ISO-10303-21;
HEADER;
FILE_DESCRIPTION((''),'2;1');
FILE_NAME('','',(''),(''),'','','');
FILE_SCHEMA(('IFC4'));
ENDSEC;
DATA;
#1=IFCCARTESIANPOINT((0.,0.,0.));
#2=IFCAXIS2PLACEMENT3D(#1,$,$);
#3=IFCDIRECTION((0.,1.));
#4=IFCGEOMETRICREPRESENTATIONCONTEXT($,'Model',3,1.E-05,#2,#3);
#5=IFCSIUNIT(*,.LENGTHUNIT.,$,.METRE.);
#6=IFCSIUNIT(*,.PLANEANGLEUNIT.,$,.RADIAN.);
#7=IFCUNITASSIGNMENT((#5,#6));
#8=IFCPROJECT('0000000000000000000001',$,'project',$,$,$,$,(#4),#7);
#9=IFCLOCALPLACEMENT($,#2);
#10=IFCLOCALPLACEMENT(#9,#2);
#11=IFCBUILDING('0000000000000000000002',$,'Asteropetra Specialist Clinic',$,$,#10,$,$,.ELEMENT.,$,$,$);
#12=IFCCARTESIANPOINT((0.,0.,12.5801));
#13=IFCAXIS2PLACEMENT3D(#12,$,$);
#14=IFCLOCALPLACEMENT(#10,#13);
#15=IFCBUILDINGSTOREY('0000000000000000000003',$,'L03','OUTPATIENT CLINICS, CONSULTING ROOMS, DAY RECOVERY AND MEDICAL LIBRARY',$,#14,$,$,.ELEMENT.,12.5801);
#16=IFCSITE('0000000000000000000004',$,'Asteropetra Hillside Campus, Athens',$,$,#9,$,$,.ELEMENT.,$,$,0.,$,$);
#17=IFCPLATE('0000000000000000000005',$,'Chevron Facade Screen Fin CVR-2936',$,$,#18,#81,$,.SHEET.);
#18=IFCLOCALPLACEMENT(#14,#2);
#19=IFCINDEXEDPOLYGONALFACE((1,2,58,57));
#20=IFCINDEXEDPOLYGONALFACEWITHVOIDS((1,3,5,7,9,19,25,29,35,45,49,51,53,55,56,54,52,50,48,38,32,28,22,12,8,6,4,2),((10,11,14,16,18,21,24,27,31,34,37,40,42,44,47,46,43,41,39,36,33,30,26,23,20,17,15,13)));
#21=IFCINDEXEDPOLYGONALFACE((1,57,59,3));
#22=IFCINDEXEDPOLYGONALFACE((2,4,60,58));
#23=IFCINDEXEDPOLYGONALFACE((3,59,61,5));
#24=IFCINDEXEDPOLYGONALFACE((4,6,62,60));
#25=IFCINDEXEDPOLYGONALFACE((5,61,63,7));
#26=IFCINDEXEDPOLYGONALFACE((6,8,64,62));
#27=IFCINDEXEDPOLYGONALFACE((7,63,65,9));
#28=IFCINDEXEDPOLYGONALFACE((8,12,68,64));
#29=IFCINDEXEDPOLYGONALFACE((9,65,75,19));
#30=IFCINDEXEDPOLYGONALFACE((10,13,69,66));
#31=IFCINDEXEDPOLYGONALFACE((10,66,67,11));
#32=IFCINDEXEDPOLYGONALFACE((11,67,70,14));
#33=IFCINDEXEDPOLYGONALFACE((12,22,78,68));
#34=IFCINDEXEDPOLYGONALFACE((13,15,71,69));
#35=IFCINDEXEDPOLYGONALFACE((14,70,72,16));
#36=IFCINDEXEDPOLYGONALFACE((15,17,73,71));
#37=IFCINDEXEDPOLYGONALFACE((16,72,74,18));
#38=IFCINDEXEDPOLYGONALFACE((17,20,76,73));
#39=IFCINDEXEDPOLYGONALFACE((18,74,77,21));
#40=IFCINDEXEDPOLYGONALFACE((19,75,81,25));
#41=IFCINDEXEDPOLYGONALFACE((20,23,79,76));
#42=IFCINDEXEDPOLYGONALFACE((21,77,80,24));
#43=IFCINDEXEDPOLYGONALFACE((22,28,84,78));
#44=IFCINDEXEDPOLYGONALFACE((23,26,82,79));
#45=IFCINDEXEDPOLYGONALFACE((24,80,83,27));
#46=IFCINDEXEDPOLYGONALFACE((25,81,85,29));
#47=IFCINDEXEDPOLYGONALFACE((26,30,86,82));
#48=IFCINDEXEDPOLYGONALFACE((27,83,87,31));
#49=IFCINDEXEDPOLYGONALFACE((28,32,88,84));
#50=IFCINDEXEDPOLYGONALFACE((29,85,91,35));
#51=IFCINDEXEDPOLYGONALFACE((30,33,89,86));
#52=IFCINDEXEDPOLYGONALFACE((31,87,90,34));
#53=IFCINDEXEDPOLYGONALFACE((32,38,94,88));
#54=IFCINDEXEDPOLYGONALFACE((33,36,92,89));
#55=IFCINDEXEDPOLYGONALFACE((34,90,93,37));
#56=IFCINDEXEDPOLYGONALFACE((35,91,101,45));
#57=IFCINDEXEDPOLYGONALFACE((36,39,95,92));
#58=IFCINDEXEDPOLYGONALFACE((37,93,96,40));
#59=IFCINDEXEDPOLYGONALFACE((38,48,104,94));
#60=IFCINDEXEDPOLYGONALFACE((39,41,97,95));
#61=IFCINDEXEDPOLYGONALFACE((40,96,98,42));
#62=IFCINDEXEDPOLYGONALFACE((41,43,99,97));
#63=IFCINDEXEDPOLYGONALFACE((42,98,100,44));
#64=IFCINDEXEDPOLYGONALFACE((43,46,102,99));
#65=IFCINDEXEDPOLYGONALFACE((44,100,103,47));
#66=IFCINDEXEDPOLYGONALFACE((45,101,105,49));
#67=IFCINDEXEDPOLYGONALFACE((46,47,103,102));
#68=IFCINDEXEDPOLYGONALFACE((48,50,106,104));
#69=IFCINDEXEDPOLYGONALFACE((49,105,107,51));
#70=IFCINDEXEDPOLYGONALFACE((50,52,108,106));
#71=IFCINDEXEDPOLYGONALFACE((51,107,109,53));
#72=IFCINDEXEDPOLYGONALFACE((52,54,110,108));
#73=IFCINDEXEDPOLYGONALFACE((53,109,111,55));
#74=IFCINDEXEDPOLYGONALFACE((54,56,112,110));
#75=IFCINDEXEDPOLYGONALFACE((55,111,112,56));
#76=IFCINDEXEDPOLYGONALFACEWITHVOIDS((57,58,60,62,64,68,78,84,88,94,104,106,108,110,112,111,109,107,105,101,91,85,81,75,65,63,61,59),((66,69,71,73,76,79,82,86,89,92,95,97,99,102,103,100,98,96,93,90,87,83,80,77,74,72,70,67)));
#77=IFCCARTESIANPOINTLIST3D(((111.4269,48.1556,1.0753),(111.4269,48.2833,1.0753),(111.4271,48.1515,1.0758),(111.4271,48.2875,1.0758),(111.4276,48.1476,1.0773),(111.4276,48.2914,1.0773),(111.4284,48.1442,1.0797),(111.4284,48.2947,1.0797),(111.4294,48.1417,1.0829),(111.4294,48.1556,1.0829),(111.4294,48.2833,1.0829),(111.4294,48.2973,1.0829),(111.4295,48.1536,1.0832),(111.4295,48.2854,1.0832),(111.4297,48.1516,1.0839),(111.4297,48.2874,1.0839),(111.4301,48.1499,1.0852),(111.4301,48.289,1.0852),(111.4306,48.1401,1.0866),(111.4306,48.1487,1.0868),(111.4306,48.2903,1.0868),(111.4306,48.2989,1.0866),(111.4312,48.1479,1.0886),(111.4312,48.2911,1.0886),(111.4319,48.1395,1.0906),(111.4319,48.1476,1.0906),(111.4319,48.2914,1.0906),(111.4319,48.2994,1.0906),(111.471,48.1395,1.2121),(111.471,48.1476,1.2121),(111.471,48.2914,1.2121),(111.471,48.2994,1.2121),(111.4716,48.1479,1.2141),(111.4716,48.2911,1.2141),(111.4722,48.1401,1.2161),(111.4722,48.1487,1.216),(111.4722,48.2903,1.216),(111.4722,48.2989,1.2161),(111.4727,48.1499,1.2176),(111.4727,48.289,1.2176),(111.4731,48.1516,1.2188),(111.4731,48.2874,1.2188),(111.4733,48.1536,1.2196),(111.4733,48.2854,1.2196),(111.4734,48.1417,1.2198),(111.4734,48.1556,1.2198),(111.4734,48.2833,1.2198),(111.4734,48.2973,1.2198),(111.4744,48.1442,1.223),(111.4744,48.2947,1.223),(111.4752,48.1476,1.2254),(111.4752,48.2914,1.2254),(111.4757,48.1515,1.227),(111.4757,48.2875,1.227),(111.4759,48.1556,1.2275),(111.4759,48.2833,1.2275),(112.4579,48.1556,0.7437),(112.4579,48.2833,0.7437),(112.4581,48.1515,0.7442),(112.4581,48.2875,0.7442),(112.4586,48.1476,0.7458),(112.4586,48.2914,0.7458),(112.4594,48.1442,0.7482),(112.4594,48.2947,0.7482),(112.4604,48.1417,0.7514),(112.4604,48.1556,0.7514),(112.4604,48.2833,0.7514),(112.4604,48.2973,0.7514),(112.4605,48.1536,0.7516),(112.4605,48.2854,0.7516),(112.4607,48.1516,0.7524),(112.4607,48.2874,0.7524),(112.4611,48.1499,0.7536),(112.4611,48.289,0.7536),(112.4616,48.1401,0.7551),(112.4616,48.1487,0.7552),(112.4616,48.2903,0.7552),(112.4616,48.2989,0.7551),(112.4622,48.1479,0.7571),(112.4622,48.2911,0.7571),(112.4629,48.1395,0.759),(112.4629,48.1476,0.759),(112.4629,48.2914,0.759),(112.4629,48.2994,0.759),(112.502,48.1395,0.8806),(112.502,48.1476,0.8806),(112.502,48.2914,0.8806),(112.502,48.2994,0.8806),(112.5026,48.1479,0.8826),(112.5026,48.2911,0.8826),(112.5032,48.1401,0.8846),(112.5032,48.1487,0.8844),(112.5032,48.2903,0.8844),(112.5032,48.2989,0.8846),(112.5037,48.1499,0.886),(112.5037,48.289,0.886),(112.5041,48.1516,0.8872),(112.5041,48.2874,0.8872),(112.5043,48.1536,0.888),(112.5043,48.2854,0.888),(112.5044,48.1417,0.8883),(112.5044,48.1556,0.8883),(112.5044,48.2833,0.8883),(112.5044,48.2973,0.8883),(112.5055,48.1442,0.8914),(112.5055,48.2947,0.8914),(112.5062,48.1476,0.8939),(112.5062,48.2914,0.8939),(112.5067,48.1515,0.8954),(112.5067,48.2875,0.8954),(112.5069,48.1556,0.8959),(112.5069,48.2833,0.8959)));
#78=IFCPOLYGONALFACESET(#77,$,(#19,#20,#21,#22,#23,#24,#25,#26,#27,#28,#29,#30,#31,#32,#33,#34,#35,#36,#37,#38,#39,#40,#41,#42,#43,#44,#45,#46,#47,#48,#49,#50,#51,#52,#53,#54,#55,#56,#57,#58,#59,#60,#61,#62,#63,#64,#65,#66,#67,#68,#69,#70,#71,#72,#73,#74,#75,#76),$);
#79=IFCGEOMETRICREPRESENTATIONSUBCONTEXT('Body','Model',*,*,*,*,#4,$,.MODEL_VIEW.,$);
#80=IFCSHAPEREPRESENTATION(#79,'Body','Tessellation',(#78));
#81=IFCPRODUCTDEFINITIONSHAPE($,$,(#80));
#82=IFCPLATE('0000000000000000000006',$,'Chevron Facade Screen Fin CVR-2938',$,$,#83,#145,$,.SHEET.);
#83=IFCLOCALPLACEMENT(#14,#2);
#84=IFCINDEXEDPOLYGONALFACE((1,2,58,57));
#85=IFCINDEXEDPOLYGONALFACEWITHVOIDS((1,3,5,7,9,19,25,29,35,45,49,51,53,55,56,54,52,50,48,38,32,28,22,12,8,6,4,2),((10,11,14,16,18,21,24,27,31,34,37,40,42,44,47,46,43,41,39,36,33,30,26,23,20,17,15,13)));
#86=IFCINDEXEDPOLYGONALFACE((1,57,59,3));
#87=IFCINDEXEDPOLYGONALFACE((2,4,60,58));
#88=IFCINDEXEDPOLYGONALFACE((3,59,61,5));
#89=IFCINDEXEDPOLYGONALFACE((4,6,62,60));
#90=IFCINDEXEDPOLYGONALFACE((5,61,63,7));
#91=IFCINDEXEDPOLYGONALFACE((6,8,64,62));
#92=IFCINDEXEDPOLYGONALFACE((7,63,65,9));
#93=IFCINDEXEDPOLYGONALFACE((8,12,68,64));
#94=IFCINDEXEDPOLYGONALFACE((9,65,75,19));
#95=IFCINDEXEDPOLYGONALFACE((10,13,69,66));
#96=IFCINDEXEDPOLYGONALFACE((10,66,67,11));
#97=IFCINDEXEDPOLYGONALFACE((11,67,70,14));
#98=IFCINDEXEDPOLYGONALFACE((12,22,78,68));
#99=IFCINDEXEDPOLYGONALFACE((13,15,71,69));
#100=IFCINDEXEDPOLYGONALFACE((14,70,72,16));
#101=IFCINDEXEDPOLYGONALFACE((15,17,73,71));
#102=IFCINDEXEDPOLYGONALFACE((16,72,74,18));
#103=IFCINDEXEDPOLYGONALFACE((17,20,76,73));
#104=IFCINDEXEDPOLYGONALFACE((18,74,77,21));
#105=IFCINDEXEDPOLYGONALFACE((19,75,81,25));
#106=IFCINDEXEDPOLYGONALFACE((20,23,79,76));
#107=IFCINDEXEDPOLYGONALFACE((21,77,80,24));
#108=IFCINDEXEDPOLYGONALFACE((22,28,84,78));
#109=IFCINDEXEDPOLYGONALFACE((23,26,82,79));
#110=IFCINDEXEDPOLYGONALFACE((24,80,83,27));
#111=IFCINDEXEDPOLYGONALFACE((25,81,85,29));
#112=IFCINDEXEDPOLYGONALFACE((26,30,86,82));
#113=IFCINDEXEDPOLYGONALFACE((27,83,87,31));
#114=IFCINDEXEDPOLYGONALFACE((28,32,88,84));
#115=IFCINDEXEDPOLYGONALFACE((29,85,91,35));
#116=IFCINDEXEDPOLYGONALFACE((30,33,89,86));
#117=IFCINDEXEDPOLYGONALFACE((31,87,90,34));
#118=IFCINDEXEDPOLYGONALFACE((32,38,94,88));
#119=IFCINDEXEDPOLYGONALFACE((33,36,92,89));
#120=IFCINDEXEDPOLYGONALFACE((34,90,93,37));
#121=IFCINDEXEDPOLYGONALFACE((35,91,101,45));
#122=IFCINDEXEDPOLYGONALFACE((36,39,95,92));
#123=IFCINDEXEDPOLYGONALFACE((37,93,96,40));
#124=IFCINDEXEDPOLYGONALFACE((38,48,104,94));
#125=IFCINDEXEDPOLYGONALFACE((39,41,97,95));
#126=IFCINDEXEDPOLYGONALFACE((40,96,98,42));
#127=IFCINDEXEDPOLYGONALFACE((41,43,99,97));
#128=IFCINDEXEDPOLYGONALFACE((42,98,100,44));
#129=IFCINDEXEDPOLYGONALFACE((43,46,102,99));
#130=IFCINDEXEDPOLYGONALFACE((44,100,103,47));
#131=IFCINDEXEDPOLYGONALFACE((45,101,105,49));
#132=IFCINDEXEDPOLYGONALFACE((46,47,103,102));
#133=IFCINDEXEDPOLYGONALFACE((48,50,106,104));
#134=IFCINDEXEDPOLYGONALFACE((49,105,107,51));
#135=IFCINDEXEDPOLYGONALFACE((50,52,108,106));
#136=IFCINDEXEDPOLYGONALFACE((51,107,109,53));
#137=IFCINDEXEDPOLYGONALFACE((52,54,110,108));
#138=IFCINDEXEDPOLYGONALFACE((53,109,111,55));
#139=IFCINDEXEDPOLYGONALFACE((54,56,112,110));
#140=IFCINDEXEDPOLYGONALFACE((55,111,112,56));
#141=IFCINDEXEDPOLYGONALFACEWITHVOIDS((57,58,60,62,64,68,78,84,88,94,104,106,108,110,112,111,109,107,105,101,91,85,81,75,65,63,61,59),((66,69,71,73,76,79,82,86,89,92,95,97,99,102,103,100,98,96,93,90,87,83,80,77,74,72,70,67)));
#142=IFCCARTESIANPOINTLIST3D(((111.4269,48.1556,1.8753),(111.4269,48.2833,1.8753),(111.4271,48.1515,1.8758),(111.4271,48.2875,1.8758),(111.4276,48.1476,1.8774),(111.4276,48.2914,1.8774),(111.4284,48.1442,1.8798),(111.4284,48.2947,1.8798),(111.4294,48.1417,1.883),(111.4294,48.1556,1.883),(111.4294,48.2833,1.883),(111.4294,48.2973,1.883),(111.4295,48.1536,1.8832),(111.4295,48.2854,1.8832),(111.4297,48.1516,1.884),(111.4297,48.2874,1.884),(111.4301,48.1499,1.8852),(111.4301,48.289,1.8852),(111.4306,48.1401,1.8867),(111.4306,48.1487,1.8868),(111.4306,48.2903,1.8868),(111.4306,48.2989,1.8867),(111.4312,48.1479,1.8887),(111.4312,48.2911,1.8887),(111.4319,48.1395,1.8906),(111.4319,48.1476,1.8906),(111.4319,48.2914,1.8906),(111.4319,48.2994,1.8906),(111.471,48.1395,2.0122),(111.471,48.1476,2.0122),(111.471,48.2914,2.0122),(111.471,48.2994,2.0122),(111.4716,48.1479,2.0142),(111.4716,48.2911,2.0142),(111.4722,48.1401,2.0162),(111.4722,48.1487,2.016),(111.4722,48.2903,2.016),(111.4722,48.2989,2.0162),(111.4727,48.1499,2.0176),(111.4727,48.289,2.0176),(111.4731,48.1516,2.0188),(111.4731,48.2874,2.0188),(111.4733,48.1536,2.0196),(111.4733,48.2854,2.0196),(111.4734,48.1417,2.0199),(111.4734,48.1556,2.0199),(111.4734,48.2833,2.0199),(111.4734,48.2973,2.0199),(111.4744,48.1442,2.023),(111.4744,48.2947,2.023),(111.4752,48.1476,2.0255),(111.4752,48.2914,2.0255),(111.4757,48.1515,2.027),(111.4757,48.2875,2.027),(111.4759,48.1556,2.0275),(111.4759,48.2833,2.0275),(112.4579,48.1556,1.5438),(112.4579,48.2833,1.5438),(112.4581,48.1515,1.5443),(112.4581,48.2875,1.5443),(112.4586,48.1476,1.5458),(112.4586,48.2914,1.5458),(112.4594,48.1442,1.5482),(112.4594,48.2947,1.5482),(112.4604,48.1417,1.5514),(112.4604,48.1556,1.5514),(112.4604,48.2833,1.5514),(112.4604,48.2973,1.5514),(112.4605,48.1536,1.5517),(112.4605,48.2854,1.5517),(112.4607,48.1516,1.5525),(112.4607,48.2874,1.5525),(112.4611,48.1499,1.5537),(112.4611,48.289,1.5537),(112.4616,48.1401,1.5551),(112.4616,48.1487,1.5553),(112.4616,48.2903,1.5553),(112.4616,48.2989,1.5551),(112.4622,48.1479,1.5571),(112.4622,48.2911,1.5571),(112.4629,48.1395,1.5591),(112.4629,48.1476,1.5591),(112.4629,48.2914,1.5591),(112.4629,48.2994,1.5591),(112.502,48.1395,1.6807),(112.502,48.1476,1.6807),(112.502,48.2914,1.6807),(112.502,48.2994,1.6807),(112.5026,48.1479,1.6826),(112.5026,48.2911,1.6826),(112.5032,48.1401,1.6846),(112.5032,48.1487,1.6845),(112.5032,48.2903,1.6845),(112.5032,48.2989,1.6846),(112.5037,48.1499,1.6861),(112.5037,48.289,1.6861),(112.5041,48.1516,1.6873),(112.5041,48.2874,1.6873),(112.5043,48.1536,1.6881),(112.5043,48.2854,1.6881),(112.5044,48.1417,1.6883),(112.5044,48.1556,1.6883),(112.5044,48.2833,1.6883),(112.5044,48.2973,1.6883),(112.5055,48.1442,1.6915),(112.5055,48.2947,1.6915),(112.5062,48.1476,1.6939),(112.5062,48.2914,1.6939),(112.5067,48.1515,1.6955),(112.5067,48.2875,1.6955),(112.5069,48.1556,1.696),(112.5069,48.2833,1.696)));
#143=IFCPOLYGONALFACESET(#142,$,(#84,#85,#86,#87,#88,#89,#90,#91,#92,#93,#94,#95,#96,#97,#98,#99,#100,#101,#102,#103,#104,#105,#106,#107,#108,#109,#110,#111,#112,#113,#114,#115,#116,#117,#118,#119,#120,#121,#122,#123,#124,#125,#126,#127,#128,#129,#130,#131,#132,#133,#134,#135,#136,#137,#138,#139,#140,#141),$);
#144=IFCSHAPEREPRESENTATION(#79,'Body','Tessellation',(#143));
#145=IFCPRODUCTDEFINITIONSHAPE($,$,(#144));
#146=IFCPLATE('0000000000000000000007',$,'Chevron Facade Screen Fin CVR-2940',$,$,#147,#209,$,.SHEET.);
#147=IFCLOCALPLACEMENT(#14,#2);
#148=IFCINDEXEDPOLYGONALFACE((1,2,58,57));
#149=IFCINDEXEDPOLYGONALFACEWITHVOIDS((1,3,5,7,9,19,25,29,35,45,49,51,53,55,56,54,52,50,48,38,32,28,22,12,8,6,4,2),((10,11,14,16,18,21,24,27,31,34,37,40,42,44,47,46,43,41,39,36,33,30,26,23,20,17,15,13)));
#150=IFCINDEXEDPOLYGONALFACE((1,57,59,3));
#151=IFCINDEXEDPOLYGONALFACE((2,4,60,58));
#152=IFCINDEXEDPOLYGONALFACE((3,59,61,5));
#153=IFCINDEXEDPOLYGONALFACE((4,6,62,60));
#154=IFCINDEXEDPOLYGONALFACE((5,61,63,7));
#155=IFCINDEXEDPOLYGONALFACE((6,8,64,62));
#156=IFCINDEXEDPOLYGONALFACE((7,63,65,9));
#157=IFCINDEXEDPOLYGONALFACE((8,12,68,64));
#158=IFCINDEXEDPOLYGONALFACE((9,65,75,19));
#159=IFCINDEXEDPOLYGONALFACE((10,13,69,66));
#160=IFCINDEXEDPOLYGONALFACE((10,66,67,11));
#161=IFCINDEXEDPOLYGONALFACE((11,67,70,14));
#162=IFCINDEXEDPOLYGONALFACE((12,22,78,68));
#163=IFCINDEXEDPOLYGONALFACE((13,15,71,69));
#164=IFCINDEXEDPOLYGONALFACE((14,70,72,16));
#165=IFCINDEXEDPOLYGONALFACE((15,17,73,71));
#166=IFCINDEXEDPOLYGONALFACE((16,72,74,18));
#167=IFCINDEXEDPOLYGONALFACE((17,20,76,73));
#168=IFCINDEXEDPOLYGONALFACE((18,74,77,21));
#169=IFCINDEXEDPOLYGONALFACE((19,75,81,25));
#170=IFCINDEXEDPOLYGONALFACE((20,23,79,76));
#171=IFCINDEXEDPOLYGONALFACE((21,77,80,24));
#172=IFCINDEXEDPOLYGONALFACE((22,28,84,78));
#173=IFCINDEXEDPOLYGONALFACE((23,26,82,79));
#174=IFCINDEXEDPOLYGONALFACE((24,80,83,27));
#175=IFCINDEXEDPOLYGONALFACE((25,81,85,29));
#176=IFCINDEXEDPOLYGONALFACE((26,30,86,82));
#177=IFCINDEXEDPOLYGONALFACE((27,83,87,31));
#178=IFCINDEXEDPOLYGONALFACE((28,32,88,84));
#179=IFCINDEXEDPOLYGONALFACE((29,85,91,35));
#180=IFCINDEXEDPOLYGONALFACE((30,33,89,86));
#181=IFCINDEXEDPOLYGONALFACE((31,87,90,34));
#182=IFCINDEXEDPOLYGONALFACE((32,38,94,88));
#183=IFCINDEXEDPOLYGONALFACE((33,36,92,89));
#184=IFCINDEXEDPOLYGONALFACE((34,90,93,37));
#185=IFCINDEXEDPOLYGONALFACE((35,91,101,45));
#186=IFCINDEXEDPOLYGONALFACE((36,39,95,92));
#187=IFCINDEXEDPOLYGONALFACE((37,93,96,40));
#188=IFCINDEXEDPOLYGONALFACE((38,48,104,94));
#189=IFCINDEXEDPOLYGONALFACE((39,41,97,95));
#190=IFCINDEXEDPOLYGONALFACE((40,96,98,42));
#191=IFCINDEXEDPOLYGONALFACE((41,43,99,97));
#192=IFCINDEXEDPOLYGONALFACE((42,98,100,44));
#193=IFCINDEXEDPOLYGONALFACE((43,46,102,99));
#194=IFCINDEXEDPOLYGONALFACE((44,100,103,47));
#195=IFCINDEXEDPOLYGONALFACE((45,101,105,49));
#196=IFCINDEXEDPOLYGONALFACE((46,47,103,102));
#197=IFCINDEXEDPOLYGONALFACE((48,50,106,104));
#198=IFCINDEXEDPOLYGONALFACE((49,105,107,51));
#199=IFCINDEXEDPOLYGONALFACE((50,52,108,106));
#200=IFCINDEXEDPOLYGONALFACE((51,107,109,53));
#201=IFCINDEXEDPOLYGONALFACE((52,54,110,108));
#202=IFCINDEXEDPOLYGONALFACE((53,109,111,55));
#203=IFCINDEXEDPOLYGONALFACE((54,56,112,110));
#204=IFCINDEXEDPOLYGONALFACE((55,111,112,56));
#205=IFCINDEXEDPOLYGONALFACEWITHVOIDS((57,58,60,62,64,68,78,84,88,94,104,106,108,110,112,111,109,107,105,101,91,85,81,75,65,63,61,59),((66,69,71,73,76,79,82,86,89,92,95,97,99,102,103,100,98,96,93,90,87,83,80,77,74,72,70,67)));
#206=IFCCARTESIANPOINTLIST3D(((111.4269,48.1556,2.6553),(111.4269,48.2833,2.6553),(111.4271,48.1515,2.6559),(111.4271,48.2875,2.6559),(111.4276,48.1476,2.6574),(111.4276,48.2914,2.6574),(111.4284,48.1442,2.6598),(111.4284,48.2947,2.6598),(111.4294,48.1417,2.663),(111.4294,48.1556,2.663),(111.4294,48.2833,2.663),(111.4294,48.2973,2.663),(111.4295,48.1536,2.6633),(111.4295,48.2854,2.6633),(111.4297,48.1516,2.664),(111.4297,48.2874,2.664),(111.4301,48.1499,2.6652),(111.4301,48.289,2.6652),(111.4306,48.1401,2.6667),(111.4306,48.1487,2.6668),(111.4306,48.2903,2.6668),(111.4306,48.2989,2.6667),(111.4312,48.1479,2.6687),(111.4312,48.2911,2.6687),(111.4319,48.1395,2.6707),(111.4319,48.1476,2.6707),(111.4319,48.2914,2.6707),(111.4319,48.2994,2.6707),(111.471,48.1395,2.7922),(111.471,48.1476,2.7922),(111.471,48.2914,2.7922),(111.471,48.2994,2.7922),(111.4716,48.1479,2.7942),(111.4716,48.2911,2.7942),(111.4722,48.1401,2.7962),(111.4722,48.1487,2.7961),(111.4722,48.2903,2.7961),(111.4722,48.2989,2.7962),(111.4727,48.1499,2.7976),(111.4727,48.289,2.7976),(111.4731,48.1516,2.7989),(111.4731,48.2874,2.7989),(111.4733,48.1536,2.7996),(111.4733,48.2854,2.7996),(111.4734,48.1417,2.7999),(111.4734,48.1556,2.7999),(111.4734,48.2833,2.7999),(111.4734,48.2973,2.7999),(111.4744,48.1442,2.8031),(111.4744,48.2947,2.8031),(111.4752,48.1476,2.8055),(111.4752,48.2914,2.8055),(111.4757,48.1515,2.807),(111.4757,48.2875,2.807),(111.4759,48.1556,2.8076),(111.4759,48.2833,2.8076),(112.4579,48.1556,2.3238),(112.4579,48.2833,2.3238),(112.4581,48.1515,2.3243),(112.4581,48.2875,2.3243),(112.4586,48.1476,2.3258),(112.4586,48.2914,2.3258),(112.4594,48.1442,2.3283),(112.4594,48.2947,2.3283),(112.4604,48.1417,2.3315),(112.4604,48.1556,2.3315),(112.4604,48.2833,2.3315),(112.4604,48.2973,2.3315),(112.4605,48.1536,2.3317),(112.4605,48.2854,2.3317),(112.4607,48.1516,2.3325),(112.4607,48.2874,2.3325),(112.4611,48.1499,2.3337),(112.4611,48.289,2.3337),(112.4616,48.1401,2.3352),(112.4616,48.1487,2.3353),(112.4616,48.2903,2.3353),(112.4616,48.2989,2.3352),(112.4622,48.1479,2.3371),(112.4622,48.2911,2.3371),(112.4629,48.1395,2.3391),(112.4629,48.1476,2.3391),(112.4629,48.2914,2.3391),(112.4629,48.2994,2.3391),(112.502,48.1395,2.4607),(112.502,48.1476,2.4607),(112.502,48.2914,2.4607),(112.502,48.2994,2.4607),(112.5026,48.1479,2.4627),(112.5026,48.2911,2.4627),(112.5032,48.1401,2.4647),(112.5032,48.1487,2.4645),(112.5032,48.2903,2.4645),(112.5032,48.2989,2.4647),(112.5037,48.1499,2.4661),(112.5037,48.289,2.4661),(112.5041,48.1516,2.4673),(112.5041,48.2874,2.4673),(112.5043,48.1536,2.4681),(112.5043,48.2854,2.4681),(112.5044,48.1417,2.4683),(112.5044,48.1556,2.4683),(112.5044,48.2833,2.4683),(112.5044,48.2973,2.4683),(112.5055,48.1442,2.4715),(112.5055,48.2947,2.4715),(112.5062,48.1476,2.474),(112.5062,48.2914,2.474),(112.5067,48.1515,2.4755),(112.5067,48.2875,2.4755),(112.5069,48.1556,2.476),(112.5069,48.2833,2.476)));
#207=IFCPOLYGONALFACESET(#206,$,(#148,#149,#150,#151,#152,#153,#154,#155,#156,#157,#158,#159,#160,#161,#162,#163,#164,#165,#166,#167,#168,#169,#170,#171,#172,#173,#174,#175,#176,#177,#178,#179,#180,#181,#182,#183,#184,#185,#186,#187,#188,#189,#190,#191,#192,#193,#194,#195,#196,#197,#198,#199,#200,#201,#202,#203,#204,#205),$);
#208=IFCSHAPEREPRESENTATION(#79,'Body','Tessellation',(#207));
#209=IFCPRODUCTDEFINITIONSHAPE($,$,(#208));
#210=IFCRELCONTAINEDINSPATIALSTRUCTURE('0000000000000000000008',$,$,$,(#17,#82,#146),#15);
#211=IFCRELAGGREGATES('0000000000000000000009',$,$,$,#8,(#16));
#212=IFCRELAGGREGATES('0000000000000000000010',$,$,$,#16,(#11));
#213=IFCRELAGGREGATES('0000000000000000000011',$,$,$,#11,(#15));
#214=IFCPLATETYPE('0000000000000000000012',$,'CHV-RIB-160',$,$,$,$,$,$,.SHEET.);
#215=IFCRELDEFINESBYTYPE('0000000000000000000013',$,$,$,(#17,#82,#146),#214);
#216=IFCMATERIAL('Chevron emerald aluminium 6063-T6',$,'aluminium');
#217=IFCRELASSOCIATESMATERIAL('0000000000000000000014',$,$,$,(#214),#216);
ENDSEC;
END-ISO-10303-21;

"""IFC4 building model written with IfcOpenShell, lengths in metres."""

from ifc_helpers import new_model, si_unit, direction, frame, origin, origin_2d, place, context, subcontext, project, spatial, hollow_rectangle, extrude, material, material_profile, profile_set, type_object, element, save


model = new_model("IFC4")

# Units and contexts
model_context = context("Model", 3, precision=1e-05, world=origin(), true_north=direction((0.0, 1.0)))
body_context = subcontext(model_context, "Body", "Model", "MODEL_VIEW")
ifc_project = project(units=[si_unit("LENGTHUNIT", "METRE"), si_unit("PLANEANGLEUNIT", "RADIAN")], contexts=[model_context])

# Site, building, storey
site_placement = place(None, origin())
site = spatial("IfcSite", under=ifc_project, at=site_placement, Name="Asteropetra Hillside Campus, Athens", CompositionType="ELEMENT", RefElevation=0.0)
building_placement = place(site_placement, origin())
building = spatial("IfcBuilding", under=site, at=building_placement, Name="Asteropetra Specialist Clinic", CompositionType="ELEMENT")
storey_placement = place(building_placement, frame((0.0, 0.0, 12.5801)))
storey = spatial("IfcBuildingStorey", under=building, at=storey_placement, Name="L03", Description="OUTPATIENT CLINICS, CONSULTING ROOMS, DAY RECOVERY AND MEDICAL LIBRARY", CompositionType="ELEMENT", Elevation=12.5801)

# Plates
ifc_material_1 = material(Name="Chevron emerald aluminium 6063-T6", Category="aluminium")
ifc_material_profile_1 = material_profile(ifc_material_1, hollow_rectangle(XDim=0.1599, YDim=0.1599, WallThickness=0.0081, InnerFilletRadius=0.0081, OuterFilletRadius=0.0161, at=origin_2d()), Name="SHS 160x160x8.0")
ifc_profile_set_1 = profile_set([ifc_material_profile_1], Name="Chevron emerald aluminium 6063-T6")
plate_type = type_object("IfcPlateType", Name="CHV-RIB-160", PredefinedType="SHEET", material=ifc_profile_set_1)
for number, where, z_axis, x_axis, name in (
    (1, (112.4824, 48.2195, 0.8198), (-0.951989, 0.0, 0.306133), (0.0, -1.0, 0.0), "Chevron Facade Screen Fin CVR-2936"),
    (2, (112.4824, 48.2195, 1.6199), (-0.951989, 0.0, 0.306133), (0.0, -1.0, 0.0), "Chevron Facade Screen Fin CVR-2938"),
    (3, (112.4824, 48.2195, 2.3999), (-0.951989, 0.0, 0.306133), (0.0, -1.0, 0.0), "Chevron Facade Screen Fin CVR-2940"),
):
    element("IfcPlate", number, at=place(storey_placement, frame(where, z_axis=z_axis, x_axis=x_axis)), inside=storey, type_object=plate_type, Name=name, PredefinedType="SHEET", context=body_context, shape_type="SweptSolid", body=[
        extrude(hollow_rectangle(XDim=0.1599, YDim=0.1599, WallThickness=0.0081, InnerFilletRadius=0.0081, OuterFilletRadius=0.0161, at=origin_2d()), origin(), (0.0, 0.0, 1.0), 1.083),
    ])

save(model, "model.ifc")
